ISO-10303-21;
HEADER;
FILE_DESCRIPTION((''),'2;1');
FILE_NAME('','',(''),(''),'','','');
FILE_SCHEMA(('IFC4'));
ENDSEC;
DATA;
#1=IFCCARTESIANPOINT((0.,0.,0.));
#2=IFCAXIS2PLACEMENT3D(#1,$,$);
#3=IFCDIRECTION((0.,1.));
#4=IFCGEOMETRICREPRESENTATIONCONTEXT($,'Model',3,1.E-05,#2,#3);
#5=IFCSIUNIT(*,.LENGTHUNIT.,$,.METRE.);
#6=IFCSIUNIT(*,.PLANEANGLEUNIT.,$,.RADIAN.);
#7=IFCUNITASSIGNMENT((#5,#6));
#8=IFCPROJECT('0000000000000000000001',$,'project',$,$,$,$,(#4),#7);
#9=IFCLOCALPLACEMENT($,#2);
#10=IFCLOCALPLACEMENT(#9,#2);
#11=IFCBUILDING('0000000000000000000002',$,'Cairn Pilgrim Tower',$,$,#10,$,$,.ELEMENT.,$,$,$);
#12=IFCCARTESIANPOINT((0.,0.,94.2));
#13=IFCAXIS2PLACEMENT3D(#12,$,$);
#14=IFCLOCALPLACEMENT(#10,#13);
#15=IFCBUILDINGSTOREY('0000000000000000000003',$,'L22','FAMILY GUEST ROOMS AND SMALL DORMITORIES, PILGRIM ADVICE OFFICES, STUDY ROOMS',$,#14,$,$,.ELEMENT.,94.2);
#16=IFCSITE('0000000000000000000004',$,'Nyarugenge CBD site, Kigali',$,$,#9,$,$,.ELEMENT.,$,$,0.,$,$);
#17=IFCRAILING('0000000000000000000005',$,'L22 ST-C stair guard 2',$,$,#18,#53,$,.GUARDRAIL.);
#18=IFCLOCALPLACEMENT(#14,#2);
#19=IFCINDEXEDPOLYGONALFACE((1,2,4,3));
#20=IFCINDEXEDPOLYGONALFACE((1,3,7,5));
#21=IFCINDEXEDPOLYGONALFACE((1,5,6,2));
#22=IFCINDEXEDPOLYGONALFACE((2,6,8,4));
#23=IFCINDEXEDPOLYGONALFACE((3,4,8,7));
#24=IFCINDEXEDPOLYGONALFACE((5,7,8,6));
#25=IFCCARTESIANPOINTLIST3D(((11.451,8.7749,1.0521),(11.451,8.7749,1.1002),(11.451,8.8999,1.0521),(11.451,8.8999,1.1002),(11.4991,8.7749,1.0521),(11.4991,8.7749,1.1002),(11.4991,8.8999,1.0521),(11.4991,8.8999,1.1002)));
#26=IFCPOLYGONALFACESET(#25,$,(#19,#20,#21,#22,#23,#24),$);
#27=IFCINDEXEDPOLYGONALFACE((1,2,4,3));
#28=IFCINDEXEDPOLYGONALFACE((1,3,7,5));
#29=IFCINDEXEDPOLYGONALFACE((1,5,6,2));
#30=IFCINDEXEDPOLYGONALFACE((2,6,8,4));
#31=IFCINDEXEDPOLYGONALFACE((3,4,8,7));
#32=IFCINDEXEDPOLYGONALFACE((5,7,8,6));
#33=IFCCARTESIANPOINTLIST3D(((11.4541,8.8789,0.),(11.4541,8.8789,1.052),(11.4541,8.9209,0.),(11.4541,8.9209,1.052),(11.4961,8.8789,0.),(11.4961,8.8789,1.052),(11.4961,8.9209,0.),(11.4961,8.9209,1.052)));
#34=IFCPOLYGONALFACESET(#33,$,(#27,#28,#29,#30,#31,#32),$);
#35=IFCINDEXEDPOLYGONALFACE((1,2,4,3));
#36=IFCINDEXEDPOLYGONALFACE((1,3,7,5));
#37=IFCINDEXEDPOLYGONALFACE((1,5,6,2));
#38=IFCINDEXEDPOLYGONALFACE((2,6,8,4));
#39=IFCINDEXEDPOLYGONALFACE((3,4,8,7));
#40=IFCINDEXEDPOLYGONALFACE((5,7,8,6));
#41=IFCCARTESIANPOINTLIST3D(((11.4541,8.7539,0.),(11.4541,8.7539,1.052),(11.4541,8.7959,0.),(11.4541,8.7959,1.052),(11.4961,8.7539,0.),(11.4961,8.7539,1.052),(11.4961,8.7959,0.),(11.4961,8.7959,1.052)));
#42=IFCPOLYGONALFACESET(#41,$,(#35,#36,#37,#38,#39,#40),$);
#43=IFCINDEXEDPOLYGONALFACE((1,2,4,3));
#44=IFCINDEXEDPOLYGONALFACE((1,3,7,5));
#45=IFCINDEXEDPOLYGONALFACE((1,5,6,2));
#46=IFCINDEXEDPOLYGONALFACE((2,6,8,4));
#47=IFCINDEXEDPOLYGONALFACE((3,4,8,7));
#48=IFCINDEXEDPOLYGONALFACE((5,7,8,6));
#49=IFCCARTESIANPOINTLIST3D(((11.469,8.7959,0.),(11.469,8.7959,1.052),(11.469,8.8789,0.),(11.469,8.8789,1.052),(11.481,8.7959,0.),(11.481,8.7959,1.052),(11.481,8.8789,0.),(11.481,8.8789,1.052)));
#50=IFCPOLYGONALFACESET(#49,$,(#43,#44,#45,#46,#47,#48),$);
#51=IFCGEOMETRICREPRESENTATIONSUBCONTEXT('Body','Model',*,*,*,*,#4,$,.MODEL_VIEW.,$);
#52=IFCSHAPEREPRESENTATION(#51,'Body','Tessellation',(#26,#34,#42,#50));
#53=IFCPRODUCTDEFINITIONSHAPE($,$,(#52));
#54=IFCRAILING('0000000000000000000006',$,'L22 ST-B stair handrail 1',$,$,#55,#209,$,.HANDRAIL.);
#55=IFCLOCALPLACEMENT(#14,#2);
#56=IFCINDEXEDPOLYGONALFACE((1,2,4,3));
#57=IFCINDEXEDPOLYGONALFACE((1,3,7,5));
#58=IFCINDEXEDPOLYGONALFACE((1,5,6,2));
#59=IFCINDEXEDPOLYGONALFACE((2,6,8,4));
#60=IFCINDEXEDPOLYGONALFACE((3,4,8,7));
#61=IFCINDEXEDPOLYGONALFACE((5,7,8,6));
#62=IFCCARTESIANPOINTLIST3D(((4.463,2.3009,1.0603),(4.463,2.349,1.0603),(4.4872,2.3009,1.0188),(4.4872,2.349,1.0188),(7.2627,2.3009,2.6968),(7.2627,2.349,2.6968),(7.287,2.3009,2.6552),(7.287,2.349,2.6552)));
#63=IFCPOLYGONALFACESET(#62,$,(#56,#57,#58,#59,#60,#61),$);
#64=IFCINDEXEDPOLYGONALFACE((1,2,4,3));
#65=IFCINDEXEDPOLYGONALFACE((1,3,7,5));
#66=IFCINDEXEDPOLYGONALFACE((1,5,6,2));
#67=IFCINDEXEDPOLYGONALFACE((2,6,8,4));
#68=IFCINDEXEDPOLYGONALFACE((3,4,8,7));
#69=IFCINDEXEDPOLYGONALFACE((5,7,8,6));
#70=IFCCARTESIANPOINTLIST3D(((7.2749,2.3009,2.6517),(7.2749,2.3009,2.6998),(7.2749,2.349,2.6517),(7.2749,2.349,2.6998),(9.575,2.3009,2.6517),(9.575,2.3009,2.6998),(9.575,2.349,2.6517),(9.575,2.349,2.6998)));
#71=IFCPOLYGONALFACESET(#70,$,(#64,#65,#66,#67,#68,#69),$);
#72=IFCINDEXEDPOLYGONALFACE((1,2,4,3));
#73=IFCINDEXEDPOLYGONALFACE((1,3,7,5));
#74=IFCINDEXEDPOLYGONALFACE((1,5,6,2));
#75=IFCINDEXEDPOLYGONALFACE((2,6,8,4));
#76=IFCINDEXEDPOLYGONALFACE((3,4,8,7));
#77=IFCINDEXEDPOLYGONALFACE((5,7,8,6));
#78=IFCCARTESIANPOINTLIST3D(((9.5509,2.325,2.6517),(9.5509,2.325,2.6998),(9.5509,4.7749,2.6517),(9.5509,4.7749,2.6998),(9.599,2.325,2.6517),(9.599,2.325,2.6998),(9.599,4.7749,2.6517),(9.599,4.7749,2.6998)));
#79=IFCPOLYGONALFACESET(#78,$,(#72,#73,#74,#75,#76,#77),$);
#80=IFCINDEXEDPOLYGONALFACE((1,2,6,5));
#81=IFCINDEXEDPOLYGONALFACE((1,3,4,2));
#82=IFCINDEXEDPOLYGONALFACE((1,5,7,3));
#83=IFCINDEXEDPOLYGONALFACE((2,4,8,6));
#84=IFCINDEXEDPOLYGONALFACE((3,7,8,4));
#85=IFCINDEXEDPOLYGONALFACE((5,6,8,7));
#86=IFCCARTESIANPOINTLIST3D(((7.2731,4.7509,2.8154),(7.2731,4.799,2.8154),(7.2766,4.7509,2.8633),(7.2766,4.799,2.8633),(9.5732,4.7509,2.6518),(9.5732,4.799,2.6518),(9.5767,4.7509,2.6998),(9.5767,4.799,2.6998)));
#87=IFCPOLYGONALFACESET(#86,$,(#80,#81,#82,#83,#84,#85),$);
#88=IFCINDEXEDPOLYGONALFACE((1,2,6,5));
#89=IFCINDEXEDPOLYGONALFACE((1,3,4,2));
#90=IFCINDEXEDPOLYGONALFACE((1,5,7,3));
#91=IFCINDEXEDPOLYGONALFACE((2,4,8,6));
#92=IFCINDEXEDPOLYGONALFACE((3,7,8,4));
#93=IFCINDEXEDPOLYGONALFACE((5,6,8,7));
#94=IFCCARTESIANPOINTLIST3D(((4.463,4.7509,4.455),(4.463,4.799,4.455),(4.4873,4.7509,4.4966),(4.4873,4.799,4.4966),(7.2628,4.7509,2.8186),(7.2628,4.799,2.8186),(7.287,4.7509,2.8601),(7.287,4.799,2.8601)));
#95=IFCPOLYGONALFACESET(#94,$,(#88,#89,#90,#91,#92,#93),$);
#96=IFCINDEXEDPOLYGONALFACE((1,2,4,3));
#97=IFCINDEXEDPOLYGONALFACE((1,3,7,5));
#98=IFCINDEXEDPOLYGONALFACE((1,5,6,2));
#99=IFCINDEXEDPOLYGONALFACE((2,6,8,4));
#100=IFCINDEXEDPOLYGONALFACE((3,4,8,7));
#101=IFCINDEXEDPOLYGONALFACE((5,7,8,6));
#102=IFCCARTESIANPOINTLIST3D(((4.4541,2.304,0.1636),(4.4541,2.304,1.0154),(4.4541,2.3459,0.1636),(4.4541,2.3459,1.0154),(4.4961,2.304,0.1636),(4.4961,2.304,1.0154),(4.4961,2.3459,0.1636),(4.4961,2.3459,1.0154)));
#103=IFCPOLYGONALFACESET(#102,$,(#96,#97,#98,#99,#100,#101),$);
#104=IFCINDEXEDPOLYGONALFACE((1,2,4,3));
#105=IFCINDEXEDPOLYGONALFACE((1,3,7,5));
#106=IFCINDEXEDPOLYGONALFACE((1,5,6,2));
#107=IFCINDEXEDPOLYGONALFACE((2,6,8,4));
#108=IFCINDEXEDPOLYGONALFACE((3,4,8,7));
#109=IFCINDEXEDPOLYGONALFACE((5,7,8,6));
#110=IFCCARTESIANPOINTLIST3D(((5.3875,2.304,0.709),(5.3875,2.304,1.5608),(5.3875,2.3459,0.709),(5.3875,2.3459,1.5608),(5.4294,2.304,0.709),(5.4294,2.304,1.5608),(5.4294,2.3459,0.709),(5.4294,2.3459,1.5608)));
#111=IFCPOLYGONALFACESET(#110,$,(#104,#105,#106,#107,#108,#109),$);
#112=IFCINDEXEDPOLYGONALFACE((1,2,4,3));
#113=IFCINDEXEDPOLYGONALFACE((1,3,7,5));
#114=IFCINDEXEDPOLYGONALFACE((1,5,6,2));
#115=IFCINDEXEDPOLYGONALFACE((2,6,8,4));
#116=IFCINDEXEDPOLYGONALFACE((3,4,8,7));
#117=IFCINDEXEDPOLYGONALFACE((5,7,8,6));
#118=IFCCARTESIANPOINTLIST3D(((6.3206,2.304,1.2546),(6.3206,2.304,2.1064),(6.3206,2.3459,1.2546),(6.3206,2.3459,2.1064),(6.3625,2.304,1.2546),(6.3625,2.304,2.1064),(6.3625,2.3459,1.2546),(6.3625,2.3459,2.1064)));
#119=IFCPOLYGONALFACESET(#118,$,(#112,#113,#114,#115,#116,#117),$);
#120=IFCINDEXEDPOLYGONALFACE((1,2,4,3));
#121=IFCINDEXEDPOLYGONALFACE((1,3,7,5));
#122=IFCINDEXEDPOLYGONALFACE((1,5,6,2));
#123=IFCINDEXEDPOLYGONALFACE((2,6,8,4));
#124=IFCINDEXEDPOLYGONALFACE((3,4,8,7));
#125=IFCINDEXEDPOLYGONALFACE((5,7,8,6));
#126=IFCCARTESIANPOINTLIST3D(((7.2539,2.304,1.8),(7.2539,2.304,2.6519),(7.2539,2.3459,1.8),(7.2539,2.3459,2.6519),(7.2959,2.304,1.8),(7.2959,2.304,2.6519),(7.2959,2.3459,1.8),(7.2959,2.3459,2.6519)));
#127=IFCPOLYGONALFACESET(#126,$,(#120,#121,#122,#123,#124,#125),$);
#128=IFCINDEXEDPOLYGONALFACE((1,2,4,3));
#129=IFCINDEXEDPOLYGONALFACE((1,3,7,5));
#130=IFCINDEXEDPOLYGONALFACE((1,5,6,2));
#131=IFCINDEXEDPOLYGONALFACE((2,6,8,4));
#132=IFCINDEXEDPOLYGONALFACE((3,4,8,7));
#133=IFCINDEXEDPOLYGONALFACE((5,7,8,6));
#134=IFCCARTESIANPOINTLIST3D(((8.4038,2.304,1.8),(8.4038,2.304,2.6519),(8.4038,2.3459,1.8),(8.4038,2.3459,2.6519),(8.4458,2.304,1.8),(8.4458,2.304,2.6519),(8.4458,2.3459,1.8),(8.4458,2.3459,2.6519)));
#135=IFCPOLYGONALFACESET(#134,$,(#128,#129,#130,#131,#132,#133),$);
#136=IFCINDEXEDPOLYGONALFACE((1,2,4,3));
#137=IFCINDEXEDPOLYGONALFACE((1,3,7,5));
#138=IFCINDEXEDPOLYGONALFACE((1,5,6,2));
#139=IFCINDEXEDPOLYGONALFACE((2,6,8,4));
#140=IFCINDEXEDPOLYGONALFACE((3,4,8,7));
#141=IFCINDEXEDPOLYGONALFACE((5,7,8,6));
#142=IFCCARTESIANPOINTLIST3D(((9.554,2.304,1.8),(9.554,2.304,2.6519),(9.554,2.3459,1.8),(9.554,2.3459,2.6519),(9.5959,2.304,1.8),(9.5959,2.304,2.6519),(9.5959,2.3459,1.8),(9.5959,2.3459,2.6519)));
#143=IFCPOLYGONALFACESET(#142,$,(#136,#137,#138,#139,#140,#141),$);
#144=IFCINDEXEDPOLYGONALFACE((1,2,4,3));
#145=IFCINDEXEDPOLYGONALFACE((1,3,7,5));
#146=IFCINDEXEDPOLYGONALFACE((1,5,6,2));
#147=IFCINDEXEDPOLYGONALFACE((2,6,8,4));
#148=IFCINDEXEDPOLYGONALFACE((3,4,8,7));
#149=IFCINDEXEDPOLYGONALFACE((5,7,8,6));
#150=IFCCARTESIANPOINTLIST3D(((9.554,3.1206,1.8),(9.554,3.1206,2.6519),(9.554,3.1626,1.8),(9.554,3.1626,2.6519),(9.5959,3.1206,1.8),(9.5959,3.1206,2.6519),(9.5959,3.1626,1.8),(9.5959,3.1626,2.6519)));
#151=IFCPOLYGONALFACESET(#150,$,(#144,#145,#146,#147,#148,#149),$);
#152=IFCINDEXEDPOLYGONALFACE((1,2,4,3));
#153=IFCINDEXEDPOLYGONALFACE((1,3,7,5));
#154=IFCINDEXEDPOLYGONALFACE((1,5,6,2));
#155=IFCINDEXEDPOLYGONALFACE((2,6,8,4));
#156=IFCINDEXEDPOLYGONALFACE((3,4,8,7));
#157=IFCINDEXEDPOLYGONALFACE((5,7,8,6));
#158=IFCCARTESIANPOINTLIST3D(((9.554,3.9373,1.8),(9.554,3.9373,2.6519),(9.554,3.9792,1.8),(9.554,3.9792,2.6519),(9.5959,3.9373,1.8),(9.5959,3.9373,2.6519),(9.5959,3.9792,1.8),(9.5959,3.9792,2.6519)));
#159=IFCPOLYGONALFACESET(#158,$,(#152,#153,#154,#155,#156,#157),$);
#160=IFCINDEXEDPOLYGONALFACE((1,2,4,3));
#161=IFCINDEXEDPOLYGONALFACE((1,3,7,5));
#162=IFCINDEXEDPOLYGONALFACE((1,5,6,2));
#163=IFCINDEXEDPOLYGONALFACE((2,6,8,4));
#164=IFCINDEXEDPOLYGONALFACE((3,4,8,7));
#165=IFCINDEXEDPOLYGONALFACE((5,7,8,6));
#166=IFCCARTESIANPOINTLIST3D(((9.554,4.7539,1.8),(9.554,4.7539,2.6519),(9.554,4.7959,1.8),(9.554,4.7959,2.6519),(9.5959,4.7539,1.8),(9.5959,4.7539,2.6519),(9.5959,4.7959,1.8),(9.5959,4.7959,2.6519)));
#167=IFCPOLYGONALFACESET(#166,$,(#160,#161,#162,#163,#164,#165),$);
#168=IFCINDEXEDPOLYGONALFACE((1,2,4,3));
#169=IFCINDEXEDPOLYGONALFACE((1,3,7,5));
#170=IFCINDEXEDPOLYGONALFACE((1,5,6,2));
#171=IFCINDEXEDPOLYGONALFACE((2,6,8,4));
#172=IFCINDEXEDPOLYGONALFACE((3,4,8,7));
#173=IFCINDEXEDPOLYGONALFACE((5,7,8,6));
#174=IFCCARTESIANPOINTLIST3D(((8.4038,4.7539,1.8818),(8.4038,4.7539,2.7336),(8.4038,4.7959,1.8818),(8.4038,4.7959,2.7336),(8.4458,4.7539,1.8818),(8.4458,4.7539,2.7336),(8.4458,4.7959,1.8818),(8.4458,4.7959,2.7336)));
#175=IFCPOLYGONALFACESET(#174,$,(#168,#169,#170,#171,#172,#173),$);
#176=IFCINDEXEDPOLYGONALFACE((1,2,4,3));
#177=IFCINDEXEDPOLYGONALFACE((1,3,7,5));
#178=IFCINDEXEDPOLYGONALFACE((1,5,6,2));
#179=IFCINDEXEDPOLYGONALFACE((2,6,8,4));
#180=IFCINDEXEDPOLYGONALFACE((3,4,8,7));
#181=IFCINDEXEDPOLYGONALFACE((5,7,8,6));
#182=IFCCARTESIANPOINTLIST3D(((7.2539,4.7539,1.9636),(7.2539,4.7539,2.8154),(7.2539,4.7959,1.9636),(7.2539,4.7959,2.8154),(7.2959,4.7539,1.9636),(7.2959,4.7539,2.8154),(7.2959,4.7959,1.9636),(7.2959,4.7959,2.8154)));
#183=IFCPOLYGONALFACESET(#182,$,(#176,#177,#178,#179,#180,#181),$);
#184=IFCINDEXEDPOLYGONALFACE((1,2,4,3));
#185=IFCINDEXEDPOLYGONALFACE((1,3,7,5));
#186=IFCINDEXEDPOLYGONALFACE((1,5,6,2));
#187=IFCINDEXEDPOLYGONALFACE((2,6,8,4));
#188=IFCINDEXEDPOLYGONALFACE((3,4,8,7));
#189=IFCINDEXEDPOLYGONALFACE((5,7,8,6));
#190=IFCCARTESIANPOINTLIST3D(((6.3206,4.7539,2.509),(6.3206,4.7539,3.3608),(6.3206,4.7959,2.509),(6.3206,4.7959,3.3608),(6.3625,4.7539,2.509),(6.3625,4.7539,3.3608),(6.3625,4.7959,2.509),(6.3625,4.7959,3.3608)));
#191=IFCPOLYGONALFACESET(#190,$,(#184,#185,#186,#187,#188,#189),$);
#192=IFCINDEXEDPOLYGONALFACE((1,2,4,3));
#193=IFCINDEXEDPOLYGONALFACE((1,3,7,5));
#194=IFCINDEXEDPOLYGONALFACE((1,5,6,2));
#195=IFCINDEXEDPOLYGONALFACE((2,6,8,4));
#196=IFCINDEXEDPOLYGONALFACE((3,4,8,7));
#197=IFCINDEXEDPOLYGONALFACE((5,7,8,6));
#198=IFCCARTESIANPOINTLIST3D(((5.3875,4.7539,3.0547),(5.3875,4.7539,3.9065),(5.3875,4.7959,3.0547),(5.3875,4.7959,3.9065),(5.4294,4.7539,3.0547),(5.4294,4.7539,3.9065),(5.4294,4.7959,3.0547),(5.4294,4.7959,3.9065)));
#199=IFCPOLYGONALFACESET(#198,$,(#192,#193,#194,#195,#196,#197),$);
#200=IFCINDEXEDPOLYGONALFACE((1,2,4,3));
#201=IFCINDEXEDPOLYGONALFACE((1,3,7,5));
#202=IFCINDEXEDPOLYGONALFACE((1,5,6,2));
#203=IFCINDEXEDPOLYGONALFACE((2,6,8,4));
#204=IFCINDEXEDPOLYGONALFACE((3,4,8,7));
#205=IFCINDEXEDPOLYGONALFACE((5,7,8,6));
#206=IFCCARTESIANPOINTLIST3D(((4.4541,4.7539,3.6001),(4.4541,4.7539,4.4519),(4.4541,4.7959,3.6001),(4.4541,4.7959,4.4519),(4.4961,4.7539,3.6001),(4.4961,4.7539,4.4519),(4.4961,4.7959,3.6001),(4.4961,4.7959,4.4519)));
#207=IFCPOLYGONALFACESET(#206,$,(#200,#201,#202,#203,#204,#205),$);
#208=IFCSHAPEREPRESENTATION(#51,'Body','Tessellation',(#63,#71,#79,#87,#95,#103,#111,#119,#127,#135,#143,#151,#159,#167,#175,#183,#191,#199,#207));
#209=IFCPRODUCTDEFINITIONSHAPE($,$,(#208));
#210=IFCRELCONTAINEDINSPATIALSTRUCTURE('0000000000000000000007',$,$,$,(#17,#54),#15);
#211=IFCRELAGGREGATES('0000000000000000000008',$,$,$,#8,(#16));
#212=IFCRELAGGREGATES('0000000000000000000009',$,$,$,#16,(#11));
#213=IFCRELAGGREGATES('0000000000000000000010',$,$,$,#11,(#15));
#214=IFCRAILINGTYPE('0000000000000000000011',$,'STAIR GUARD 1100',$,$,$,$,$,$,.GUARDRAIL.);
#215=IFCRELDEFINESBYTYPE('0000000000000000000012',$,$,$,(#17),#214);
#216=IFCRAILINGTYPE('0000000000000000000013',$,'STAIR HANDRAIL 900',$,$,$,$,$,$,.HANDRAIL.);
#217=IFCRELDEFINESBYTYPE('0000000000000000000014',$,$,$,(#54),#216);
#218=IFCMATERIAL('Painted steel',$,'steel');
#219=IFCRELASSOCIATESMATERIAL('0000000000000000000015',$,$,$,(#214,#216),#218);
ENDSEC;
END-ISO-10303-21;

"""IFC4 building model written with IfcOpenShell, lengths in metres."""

from ifc_helpers import new_model, si_unit, direction, frame, origin, origin_2d, place, context, subcontext, project, spatial, polyline, rectangle, outline, extrude, material, type_object, element, save


model = new_model("IFC4")

# Units and contexts
model_context = context("Model", 3, precision=1e-05, world=origin(), true_north=direction((0.0, 1.0)))
body_context = subcontext(model_context, "Body", "Model", "MODEL_VIEW")
ifc_project = project(units=[si_unit("LENGTHUNIT", "METRE"), si_unit("PLANEANGLEUNIT", "RADIAN")], contexts=[model_context])

# Site, building, storey
site_placement = place(None, origin())
site = spatial("IfcSite", under=ifc_project, at=site_placement, Name="Nyarugenge CBD site, Kigali", CompositionType="ELEMENT", RefElevation=0.0)
building_placement = place(site_placement, origin())
building = spatial("IfcBuilding", under=site, at=building_placement, Name="Cairn Pilgrim Tower", CompositionType="ELEMENT")
storey_placement = place(building_placement, frame((0.0, 0.0, 94.2)))
storey = spatial("IfcBuildingStorey", under=building, at=storey_placement, Name="L22", Description="FAMILY GUEST ROOMS AND SMALL DORMITORIES, PILGRIM ADVICE OFFICES, STUDY ROOMS", CompositionType="ELEMENT", Elevation=94.2)

# Shared definitions
ifc_material_1 = material(Name="Painted steel", Category="steel")

# Railings
railing_type_1 = type_object("IfcRailingType", Name="STAIR GUARD 1100", PredefinedType="GUARDRAIL", material=ifc_material_1)
railing_1_placement = place(storey_placement, frame((11.4751, 8.8999, 0.0)))
element("IfcRailing", 1, at=railing_1_placement, inside=storey, type_object=railing_type_1, Name="L22 ST-C stair guard 2", PredefinedType="GUARDRAIL", context=body_context, shape_type="SweptSolid", body=[
    extrude(rectangle(XDim=0.0481, YDim=0.0481, at=origin_2d()), frame((0.0, 0.0, 1.0762), z_axis=(0.0, -1.0, 0.0), x_axis=(1.0, 0.0, 0.0)), (0.0, 0.0, 1.0), 0.125),
    extrude(rectangle(XDim=0.042, YDim=0.042, at=origin_2d()), origin(), (0.0, 0.0, 1.0), 1.052),
    extrude(rectangle(XDim=0.042, YDim=0.042, at=origin_2d()), frame((0.0, -0.125, 0.0)), (0.0, 0.0, 1.0), 1.052),
    extrude(outline(polyline([(0.021, 0.0), (0.104, 0.0), (0.104, 1.052), (0.021, 1.052), (0.021, 0.0)])), frame((0.0059, 0.0, 0.0), z_axis=(-1.0, 0.0, 0.0), x_axis=(0.0, -1.0, 0.0)), (0.0, 0.0, 1.0), 0.012),
])
railing_type_2 = type_object("IfcRailingType", Name="STAIR HANDRAIL 900", PredefinedType="HANDRAIL", material=ifc_material_1)
railing_2_placement = place(storey_placement, frame((4.4751, 2.325, 0.1636)))
element("IfcRailing", 2, at=railing_2_placement, inside=storey, type_object=railing_type_2, Name="L22 ST-B stair handrail 1", PredefinedType="HANDRAIL", context=body_context, shape_type="SweptSolid", body=[
    extrude(rectangle(XDim=0.0481, YDim=0.0481, at=origin_2d()), frame((0.0, 0.0, 0.876), z_axis=(0.863342, 0.0, 0.50462), x_axis=(0.0, 1.0, 0.0)), (0.0, 0.0, 1.0), 3.2429),
    extrude(rectangle(XDim=0.0481, YDim=0.0481, at=origin_2d()), frame((2.7998, 0.0, 2.5122), z_axis=(1.0, 0.0, 0.0), x_axis=(0.0, 1.0, 0.0)), (0.0, 0.0, 1.0), 2.3),
    extrude(rectangle(XDim=0.0481, YDim=0.0481, at=origin_2d()), frame((5.0999, 0.0, 2.5122), z_axis=(0.0, 1.0, 0.0), x_axis=(-1.0, 0.0, 0.0)), (0.0, 0.0, 1.0), 2.45),
    extrude(rectangle(XDim=0.0481, YDim=0.0481, at=origin_2d()), frame((5.0999, 2.45, 2.5122), z_axis=(-0.997481, 0.0, 0.070939), x_axis=(0.0, -1.0, 0.0)), (0.0, 0.0, 1.0), 2.3059),
    extrude(rectangle(XDim=0.0481, YDim=0.0481, at=origin_2d()), frame((2.7998, 2.45, 2.6758), z_axis=(-0.863342, 0.0, 0.50462), x_axis=(0.0, -1.0, 0.0)), (0.0, 0.0, 1.0), 3.2429),
    extrude(rectangle(XDim=0.042, YDim=0.042, at=origin_2d()), origin(), (0.0, 0.0, 1.0), 0.8518),
    extrude(rectangle(XDim=0.042, YDim=0.042, at=origin_2d()), frame((0.9333, 0.0, 0.5454)), (0.0, 0.0, 1.0), 0.8518),
    extrude(rectangle(XDim=0.042, YDim=0.042, at=origin_2d()), frame((1.8665, 0.0, 1.0911)), (0.0, 0.0, 1.0), 0.8518),
    extrude(rectangle(XDim=0.042, YDim=0.042, at=origin_2d()), frame((2.7998, 0.0, 1.6365)), (0.0, 0.0, 1.0), 0.8518),
    extrude(rectangle(XDim=0.042, YDim=0.042, at=origin_2d()), frame((3.9497, 0.0, 1.6365)), (0.0, 0.0, 1.0), 0.8518),
    extrude(rectangle(XDim=0.042, YDim=0.042, at=origin_2d()), frame((5.0999, 0.0, 1.6365)), (0.0, 0.0, 1.0), 0.8518),
    extrude(rectangle(XDim=0.042, YDim=0.042, at=origin_2d()), frame((5.0999, 0.8167, 1.6365)), (0.0, 0.0, 1.0), 0.8518),
    extrude(rectangle(XDim=0.042, YDim=0.042, at=origin_2d()), frame((5.0999, 1.6333, 1.6365)), (0.0, 0.0, 1.0), 0.8518),
    extrude(rectangle(XDim=0.042, YDim=0.042, at=origin_2d()), frame((5.0999, 2.45, 1.6365)), (0.0, 0.0, 1.0), 0.8518),
    extrude(rectangle(XDim=0.042, YDim=0.042, at=origin_2d()), frame((3.9497, 2.45, 1.7183)), (0.0, 0.0, 1.0), 0.8518),
    extrude(rectangle(XDim=0.042, YDim=0.042, at=origin_2d()), frame((2.7998, 2.45, 1.8)), (0.0, 0.0, 1.0), 0.8518),
    extrude(rectangle(XDim=0.042, YDim=0.042, at=origin_2d()), frame((1.8665, 2.45, 2.3455)), (0.0, 0.0, 1.0), 0.8518),
    extrude(rectangle(XDim=0.042, YDim=0.042, at=origin_2d()), frame((0.9333, 2.45, 2.8911)), (0.0, 0.0, 1.0), 0.8518),
    extrude(rectangle(XDim=0.042, YDim=0.042, at=origin_2d()), frame((0.0, 2.45, 3.4365)), (0.0, 0.0, 1.0), 0.8518),
])

save(model, "model.ifc")
